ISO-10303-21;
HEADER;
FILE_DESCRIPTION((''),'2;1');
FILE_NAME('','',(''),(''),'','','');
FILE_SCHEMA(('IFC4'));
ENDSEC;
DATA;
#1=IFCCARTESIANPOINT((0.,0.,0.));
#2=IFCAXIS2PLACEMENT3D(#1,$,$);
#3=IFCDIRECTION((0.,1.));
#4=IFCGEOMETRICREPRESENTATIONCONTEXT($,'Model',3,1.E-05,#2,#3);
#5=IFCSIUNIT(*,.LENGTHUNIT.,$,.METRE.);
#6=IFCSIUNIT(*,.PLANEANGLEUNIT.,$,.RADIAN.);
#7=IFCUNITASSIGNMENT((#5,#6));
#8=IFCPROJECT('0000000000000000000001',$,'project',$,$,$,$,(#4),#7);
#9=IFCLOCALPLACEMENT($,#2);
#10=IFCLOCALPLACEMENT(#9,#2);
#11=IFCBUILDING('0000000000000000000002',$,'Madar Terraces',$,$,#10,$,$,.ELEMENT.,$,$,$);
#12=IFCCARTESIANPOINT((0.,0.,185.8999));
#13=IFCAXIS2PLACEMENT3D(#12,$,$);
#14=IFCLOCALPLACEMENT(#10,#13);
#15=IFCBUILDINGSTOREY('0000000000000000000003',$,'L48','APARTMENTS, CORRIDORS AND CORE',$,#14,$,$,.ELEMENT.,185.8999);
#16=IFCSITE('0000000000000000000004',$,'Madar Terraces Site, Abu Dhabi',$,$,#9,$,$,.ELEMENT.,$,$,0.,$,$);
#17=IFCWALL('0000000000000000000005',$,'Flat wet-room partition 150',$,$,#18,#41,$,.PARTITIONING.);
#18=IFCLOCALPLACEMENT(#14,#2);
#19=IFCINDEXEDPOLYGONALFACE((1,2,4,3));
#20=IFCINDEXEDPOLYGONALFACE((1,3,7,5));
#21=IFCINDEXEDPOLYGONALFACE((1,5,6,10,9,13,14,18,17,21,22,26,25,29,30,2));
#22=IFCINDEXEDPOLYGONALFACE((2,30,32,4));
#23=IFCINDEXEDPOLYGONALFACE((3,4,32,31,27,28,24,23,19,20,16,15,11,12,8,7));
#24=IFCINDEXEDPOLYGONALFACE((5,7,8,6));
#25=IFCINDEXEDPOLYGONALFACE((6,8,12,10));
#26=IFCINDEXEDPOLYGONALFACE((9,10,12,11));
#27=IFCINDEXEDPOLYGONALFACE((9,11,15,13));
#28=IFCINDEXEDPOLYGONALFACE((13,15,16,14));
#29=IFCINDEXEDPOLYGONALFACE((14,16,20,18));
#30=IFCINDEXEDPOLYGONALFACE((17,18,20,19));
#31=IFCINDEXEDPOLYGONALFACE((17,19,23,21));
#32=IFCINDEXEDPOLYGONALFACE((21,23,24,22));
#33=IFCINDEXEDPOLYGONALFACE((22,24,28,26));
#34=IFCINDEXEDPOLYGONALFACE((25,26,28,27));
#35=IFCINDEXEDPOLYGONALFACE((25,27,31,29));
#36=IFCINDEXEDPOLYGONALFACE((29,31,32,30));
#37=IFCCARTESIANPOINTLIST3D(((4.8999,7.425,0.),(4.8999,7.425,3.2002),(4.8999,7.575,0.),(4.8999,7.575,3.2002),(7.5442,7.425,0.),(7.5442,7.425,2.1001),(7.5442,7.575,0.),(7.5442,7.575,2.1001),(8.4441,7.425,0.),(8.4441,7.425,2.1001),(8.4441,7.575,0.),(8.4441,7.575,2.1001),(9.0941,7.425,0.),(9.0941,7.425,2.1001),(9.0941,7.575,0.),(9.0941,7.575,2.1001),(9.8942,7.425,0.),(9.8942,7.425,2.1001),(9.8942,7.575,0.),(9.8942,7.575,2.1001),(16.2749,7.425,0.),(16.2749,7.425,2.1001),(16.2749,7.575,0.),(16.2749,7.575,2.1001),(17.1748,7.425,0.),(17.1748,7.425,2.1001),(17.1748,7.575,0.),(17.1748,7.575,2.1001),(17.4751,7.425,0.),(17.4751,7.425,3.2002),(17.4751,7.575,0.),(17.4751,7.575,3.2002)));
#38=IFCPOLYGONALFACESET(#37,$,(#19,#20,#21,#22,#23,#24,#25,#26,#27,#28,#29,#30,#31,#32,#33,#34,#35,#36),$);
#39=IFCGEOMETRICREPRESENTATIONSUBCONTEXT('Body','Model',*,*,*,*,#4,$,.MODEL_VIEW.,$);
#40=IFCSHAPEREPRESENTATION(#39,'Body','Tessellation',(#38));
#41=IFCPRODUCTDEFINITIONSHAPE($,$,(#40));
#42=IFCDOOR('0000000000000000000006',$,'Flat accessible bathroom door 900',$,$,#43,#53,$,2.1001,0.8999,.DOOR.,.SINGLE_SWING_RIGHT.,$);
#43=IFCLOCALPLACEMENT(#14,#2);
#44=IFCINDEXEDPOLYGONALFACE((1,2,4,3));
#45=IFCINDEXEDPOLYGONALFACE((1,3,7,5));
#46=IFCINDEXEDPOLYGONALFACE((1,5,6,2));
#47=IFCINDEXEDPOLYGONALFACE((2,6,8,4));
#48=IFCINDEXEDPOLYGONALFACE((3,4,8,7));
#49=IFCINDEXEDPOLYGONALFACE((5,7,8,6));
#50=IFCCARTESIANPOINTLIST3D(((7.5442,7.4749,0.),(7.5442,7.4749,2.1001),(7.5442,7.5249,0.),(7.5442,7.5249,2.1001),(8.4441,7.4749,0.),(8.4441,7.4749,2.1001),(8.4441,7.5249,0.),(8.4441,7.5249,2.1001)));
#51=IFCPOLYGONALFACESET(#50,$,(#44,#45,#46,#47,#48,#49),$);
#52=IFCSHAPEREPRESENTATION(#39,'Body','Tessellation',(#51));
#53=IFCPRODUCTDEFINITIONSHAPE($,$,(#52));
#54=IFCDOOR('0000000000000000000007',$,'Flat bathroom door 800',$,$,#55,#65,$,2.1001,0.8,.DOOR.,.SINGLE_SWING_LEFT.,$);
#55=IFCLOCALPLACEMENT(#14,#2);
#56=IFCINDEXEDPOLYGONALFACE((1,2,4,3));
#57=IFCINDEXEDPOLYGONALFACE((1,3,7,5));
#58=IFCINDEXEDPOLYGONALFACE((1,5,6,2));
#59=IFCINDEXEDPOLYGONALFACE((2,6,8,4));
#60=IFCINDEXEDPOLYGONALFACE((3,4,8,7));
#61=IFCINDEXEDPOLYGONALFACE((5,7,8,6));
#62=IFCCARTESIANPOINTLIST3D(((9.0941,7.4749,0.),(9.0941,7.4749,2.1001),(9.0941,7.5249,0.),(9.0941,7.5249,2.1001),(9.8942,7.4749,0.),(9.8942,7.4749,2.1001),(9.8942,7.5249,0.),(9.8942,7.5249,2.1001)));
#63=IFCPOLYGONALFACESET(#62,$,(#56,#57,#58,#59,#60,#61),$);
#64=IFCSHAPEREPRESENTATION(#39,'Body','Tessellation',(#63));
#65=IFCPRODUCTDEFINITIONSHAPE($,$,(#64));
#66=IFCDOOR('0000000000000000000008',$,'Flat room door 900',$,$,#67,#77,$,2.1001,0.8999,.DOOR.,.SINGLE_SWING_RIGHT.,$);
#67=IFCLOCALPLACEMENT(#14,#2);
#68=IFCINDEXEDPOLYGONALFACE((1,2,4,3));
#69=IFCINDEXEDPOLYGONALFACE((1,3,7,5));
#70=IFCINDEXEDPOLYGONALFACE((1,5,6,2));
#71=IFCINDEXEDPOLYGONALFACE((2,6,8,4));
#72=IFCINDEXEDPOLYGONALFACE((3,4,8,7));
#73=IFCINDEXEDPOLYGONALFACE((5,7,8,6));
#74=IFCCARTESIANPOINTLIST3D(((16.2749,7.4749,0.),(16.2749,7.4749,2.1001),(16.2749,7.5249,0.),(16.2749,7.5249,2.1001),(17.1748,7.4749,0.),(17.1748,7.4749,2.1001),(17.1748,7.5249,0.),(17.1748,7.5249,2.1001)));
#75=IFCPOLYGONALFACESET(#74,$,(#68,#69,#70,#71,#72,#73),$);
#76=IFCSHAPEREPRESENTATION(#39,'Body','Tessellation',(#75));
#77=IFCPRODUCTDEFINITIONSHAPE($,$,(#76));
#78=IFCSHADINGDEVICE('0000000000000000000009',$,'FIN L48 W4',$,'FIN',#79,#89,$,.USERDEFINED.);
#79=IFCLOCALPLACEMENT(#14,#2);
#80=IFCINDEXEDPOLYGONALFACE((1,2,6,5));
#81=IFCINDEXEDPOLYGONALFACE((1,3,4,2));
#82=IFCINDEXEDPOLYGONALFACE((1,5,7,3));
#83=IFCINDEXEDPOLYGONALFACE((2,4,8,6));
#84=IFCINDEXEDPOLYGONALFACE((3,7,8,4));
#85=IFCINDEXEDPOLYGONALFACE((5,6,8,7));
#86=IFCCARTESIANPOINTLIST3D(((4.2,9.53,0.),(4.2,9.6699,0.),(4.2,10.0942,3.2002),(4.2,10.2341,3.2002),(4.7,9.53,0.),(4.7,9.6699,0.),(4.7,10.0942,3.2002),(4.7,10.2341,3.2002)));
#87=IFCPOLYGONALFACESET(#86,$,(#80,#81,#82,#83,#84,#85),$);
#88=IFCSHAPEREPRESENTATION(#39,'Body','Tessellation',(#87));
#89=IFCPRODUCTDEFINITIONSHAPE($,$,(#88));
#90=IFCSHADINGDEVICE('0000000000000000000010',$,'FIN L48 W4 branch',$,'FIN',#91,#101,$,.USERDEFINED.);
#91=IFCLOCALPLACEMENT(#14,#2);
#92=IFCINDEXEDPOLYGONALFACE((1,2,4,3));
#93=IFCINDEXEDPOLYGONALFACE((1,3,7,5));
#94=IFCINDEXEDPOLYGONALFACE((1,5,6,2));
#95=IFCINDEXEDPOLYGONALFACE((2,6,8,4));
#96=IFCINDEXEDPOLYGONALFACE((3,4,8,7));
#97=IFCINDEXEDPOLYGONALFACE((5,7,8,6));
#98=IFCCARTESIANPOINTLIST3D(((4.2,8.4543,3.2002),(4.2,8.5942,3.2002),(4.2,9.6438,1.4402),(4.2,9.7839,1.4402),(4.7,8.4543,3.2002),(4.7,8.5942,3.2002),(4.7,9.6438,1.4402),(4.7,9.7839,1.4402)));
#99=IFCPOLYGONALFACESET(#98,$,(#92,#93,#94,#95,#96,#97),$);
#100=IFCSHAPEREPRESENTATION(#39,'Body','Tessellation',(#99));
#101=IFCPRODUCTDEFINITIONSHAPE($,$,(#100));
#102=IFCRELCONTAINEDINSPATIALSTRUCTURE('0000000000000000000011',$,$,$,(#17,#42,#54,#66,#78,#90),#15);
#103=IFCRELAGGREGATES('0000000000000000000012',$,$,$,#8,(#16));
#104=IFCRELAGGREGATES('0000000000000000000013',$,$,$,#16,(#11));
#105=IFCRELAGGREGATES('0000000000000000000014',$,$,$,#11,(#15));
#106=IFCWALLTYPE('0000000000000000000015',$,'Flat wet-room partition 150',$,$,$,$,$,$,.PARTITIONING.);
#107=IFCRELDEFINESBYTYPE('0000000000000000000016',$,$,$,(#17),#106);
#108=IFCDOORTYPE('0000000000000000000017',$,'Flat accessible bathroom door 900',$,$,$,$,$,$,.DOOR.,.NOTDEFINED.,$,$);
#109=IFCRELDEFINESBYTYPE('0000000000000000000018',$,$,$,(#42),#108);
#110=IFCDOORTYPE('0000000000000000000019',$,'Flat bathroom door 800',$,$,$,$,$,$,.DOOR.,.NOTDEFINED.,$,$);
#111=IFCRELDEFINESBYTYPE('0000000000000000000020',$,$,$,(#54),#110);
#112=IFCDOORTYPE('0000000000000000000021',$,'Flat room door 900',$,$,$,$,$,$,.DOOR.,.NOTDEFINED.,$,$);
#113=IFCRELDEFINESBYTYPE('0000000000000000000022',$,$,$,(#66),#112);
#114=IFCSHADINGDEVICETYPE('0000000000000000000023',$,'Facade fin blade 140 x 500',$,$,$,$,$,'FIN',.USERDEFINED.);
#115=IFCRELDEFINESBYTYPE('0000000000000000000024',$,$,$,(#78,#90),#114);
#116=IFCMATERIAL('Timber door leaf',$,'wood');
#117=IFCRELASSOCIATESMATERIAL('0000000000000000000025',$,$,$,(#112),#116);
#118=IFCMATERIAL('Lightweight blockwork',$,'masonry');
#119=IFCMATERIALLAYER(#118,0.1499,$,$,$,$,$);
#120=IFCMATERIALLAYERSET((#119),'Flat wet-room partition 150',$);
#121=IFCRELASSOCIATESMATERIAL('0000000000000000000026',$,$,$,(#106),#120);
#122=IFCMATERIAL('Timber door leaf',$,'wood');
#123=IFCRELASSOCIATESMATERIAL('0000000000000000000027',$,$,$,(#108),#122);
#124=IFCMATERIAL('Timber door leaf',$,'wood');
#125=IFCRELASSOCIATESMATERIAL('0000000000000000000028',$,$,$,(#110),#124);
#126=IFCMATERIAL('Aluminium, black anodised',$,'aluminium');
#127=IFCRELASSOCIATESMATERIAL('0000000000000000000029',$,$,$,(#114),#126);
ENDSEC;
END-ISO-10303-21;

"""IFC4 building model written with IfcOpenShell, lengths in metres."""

from ifc_helpers import new_model, si_unit, direction, frame, frame_2d, origin, place, context, subcontext, project, spatial, polyline, rectangle, outline, extrude, material, layer, layer_set, type_object, element, fill, save


model = new_model("IFC4")

# Units and contexts
model_context = context("Model", 3, precision=1e-05, world=origin(), true_north=direction((0.0, 1.0)))
body_context = subcontext(model_context, "Body", "Model", "MODEL_VIEW")
ifc_project = project(units=[si_unit("LENGTHUNIT", "METRE"), si_unit("PLANEANGLEUNIT", "RADIAN")], contexts=[model_context])

# Site, building, storey
site_placement = place(None, origin())
site = spatial("IfcSite", under=ifc_project, at=site_placement, Name="Madar Terraces Site, Abu Dhabi", CompositionType="ELEMENT", RefElevation=0.0)
building_placement = place(site_placement, origin())
building = spatial("IfcBuilding", under=site, at=building_placement, Name="Madar Terraces", CompositionType="ELEMENT")
storey_placement = place(building_placement, frame((0.0, 0.0, 185.8999)))
storey = spatial("IfcBuildingStorey", under=building, at=storey_placement, Name="L48", Description="APARTMENTS, CORRIDORS AND CORE", CompositionType="ELEMENT", Elevation=185.8999)

# Shared definitions
ifc_material_1 = material(Name="Timber door leaf", Category="wood")
door_type_1 = type_object("IfcDoorType", Name="Flat room door 900", OperationType="NOTDEFINED", PredefinedType="DOOR", material=ifc_material_1)

# Shared definitions
ifc_material_2 = material(Name="Lightweight blockwork", Category="masonry")
ifc_layer_1 = layer(ifc_material_2, 0.1499)
ifc_layer_set_1 = layer_set([ifc_layer_1], Name="Flat wet-room partition 150")
wall_type_1 = type_object("IfcWallType", Name="Flat wet-room partition 150", PredefinedType="PARTITIONING", material=ifc_layer_set_1)

# Wall, openings, doors
wall_1_placement = place(storey_placement, frame((4.8999, 7.5, 0.0), z_axis=(0.0, 0.0, 1.0), x_axis=(1.0, 0.0, 0.0)))
wall_1 = element("IfcWall", 1, at=wall_1_placement, inside=storey, type_object=wall_type_1, Name="Flat wet-room partition 150", PredefinedType="PARTITIONING", context=body_context, shape_type="SweptSolid", body=[
    extrude(rectangle(XDim=12.5752, YDim=0.1499, at=frame_2d((6.2876, 0.0))), origin(), (0.0, 0.0, 1.0), 3.2002),
])
opening_1_placement = place(wall_1_placement, frame((11.375, 0.0, 0.0)))
opening_1 = element("IfcOpeningElement", 2, at=opening_1_placement, cuts=wall_1, PredefinedType="OPENING", context=body_context, shape_type="SweptSolid", body=[
    extrude(rectangle(XDim=0.8999, YDim=2.1001, at=frame_2d((0.45, 1.05))), frame((0.0, 0.085, 0.0), z_axis=(0.0, -1.0, 0.0), x_axis=(1.0, 0.0, 0.0)), (0.0, 0.0, 1.0), 0.1699),
])
opening_2_placement = place(wall_1_placement, frame((4.1943, 0.0, 0.0)))
opening_2 = element("IfcOpeningElement", 3, at=opening_2_placement, cuts=wall_1, PredefinedType="OPENING", context=body_context, shape_type="SweptSolid", body=[
    extrude(rectangle(XDim=0.8, YDim=2.1001, at=frame_2d((0.3999, 1.05))), frame((0.0, 0.085, 0.0), z_axis=(0.0, -1.0, 0.0), x_axis=(1.0, 0.0, 0.0)), (0.0, 0.0, 1.0), 0.1699),
])
opening_3_placement = place(wall_1_placement, frame((2.6443, 0.0, 0.0)))
opening_3 = element("IfcOpeningElement", 4, at=opening_3_placement, cuts=wall_1, PredefinedType="OPENING", context=body_context, shape_type="SweptSolid", body=[
    extrude(rectangle(XDim=0.8999, YDim=2.1001, at=frame_2d((0.45, 1.05))), frame((0.0, 0.085, 0.0), z_axis=(0.0, -1.0, 0.0), x_axis=(1.0, 0.0, 0.0)), (0.0, 0.0, 1.0), 0.1699),
])
ifc_material_3 = material(Name="Timber door leaf", Category="wood")
door_type_2 = type_object("IfcDoorType", Name="Flat accessible bathroom door 900", OperationType="NOTDEFINED", PredefinedType="DOOR", material=ifc_material_3)
door_1_placement = place(opening_3_placement, origin())
door_1 = element("IfcDoor", 5, at=door_1_placement, inside=storey, type_object=door_type_2, Name="Flat accessible bathroom door 900", OperationType="SINGLE_SWING_RIGHT", OverallHeight=2.1001, OverallWidth=0.8999, PredefinedType="DOOR", context=body_context, shape_type="SweptSolid", body=[
    extrude(rectangle(XDim=0.8999, YDim=2.1001, at=frame_2d((0.45, 1.05))), frame((0.0, 0.0249, 0.0), z_axis=(0.0, -1.0, 0.0), x_axis=(1.0, 0.0, 0.0)), (0.0, 0.0, 1.0), 0.05),
])
fill(opening_3, door_1)
ifc_material_4 = material(Name="Timber door leaf", Category="wood")
door_type_3 = type_object("IfcDoorType", Name="Flat bathroom door 800", OperationType="NOTDEFINED", PredefinedType="DOOR", material=ifc_material_4)
door_2_placement = place(opening_2_placement, origin())
door_2 = element("IfcDoor", 6, at=door_2_placement, inside=storey, type_object=door_type_3, Name="Flat bathroom door 800", OperationType="SINGLE_SWING_LEFT", OverallHeight=2.1001, OverallWidth=0.8, PredefinedType="DOOR", context=body_context, shape_type="SweptSolid", body=[
    extrude(rectangle(XDim=0.8, YDim=2.1001, at=frame_2d((0.3999, 1.05))), frame((0.0, 0.0249, 0.0), z_axis=(0.0, -1.0, 0.0), x_axis=(1.0, 0.0, 0.0)), (0.0, 0.0, 1.0), 0.05),
])
fill(opening_2, door_2)
door_3_placement = place(opening_1_placement, origin())
door_3 = element("IfcDoor", 7, at=door_3_placement, inside=storey, type_object=door_type_1, Name="Flat room door 900", OperationType="SINGLE_SWING_RIGHT", OverallHeight=2.1001, OverallWidth=0.8999, PredefinedType="DOOR", context=body_context, shape_type="SweptSolid", body=[
    extrude(rectangle(XDim=0.8999, YDim=2.1001, at=frame_2d((0.45, 1.05))), frame((0.0, 0.0249, 0.0), z_axis=(0.0, -1.0, 0.0), x_axis=(1.0, 0.0, 0.0)), (0.0, 0.0, 1.0), 0.05),
])
fill(opening_1, door_3)

# Shading devices
ifc_material_5 = material(Name="Aluminium, black anodised", Category="aluminium")
shading_device_type = type_object("IfcShadingDeviceType", Name="Facade fin blade 140 x 500", ElementType="FIN", PredefinedType="USERDEFINED", material=ifc_material_5)
shading_device_1_placement = place(storey_placement, frame((4.45, 9.6699, 0.0), z_axis=(0.0, 0.0, 1.0), x_axis=(0.0, -1.0, 0.0)))
element("IfcShadingDevice", 8, at=shading_device_1_placement, inside=storey, type_object=shading_device_type, Name="FIN L48 W4", ObjectType="FIN", PredefinedType="USERDEFINED", context=body_context, shape_type="SweptSolid", body=[
    extrude(outline(polyline([(0.0, 0.0), (0.1399, 0.0), (-0.4243, 3.2002), (-0.5642, 3.2002), (0.0, 0.0)])), frame((0.0, 0.25, 0.0), z_axis=(0.0, -1.0, 0.0), x_axis=(1.0, 0.0, 0.0)), (0.0, 0.0, 1.0), 0.5),
])
shading_device_2_placement = place(storey_placement, frame((4.45, 9.7839, 1.4402), z_axis=(0.0, 0.0, 1.0), x_axis=(0.0, -1.0, 0.0)))
element("IfcShadingDevice", 9, at=shading_device_2_placement, inside=storey, type_object=shading_device_type, Name="FIN L48 W4 branch", ObjectType="FIN", PredefinedType="USERDEFINED", context=body_context, shape_type="SweptSolid", body=[
    extrude(outline(polyline([(0.0, 0.0), (0.1401, 0.0), (1.3296, 1.76), (1.1897, 1.76), (0.0, 0.0)])), frame((0.0, 0.25, 0.0), z_axis=(0.0, -1.0, 0.0), x_axis=(1.0, 0.0, 0.0)), (0.0, 0.0, 1.0), 0.5),
])

save(model, "model.ifc")
